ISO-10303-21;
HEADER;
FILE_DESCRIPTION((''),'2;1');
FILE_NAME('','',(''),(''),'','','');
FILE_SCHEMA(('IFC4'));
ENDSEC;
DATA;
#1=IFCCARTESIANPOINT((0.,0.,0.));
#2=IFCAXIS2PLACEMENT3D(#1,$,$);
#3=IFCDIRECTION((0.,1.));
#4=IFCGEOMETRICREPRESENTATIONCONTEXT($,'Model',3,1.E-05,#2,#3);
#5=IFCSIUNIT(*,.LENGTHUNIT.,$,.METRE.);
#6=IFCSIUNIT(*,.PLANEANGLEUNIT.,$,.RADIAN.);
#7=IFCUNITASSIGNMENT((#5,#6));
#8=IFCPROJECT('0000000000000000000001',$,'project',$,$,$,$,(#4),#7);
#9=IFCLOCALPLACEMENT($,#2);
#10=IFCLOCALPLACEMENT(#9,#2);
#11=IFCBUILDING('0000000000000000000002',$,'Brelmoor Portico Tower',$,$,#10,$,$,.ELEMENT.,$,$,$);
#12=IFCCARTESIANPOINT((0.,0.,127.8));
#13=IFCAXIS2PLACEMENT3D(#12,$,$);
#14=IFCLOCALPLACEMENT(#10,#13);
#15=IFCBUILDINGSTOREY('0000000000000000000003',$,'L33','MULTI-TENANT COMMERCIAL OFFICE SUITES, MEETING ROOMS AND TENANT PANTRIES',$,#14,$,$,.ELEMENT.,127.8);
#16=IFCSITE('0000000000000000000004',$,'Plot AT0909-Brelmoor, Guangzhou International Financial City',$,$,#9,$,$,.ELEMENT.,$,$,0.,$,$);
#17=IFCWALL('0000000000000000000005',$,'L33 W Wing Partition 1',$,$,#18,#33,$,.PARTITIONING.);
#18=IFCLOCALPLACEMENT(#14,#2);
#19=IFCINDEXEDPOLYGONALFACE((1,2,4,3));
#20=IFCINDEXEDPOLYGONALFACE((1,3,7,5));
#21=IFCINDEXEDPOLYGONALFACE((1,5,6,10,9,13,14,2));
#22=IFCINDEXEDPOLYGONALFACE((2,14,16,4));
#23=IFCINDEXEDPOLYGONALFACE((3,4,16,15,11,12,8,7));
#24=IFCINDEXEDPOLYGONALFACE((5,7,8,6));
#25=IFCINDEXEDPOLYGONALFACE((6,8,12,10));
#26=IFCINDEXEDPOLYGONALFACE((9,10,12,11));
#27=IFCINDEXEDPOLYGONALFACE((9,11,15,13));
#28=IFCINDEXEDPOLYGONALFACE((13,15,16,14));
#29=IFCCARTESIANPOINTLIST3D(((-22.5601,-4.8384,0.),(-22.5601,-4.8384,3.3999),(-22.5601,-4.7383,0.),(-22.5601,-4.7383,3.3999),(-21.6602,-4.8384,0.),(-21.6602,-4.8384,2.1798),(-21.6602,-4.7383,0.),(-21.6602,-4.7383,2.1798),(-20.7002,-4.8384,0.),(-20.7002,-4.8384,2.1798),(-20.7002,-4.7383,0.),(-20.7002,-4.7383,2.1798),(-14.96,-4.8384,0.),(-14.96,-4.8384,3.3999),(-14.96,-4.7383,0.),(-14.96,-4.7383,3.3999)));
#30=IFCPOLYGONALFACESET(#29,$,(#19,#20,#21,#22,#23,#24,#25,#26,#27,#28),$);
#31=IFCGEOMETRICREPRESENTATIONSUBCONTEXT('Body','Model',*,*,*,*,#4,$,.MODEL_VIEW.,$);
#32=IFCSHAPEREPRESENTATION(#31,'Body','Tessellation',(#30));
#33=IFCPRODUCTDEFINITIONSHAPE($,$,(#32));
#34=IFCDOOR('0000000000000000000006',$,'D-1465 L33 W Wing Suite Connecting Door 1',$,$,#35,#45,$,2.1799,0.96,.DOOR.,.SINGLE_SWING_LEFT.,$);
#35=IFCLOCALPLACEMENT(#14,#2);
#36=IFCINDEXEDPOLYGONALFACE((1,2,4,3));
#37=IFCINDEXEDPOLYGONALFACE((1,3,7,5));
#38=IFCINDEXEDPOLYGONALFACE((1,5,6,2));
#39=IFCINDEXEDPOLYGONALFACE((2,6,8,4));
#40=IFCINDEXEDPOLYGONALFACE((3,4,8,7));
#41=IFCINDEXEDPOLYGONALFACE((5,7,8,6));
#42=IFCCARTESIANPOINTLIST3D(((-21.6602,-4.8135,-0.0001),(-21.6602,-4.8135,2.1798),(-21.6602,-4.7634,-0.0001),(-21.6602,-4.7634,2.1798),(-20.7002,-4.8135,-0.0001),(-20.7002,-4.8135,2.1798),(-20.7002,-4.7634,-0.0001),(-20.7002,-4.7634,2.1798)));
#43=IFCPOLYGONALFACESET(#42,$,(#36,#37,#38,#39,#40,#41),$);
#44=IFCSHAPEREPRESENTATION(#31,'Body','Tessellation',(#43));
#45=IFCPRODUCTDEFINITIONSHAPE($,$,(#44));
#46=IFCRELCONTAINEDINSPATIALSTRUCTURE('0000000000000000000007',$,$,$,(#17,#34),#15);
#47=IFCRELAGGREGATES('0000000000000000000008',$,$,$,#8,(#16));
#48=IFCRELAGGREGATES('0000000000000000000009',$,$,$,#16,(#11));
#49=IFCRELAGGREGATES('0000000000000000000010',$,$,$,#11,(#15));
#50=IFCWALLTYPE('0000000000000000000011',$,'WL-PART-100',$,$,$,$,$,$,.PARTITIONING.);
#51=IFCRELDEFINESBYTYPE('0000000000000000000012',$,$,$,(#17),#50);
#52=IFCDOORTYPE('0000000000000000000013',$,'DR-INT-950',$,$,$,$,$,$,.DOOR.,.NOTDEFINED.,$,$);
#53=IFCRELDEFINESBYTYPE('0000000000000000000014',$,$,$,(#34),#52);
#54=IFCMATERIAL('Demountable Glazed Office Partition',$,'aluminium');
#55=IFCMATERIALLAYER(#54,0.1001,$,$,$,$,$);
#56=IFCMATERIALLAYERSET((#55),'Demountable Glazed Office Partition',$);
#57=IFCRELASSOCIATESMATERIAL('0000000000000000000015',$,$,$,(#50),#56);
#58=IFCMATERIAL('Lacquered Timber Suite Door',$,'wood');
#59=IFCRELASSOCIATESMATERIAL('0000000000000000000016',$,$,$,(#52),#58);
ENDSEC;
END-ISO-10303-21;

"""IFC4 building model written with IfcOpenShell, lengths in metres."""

from ifc_helpers import new_model, si_unit, direction, frame, frame_2d, origin, place, context, subcontext, project, spatial, rectangle, extrude, material, layer, layer_set, type_object, element, fill, save


model = new_model("IFC4")

# Units and contexts
model_context = context("Model", 3, precision=1e-05, world=origin(), true_north=direction((0.0, 1.0)))
body_context = subcontext(model_context, "Body", "Model", "MODEL_VIEW")
ifc_project = project(units=[si_unit("LENGTHUNIT", "METRE"), si_unit("PLANEANGLEUNIT", "RADIAN")], contexts=[model_context])

# Site, building, storey
site_placement = place(None, origin())
site = spatial("IfcSite", under=ifc_project, at=site_placement, Name="Plot AT0909-Brelmoor, Guangzhou International Financial City", CompositionType="ELEMENT", RefElevation=0.0)
building_placement = place(site_placement, origin())
building = spatial("IfcBuilding", under=site, at=building_placement, Name="Brelmoor Portico Tower", CompositionType="ELEMENT")
storey_placement = place(building_placement, frame((0.0, 0.0, 127.8)))
storey = spatial("IfcBuildingStorey", under=building, at=storey_placement, Name="L33", Description="MULTI-TENANT COMMERCIAL OFFICE SUITES, MEETING ROOMS AND TENANT PANTRIES", CompositionType="ELEMENT", Elevation=127.8)

# Wall, opening, door
ifc_material_1 = material(Name="Demountable Glazed Office Partition", Category="aluminium")
ifc_layer_1 = layer(ifc_material_1, 0.1001)
ifc_layer_set_1 = layer_set([ifc_layer_1], Name="Demountable Glazed Office Partition")
wall_type_1 = type_object("IfcWallType", Name="WL-PART-100", PredefinedType="PARTITIONING", material=ifc_layer_set_1)
wall_1_placement = place(storey_placement, frame((-22.5601, -4.7883, 0.0), z_axis=(0.0, 0.0, 1.0), x_axis=(1.0, 0.0, 0.0)))
wall_1 = element("IfcWall", 1, at=wall_1_placement, inside=storey, type_object=wall_type_1, Name="L33 W Wing Partition 1", PredefinedType="PARTITIONING", context=body_context, shape_type="SweptSolid", body=[
    extrude(rectangle(XDim=7.6001, YDim=0.1001, at=frame_2d((3.8, 0.0))), origin(), (0.0, 0.0, 1.0), 3.3999),
])
opening_placement = place(wall_1_placement, frame((0.8999, 0.0, 0.0)))
opening = element("IfcOpeningElement", 2, at=opening_placement, cuts=wall_1, PredefinedType="OPENING", context=body_context, shape_type="SweptSolid", body=[
    extrude(rectangle(XDim=0.96, YDim=2.1799, at=frame_2d((0.48, 1.0898))), frame((0.0, 0.0601, 0.0), z_axis=(0.0, -1.0, 0.0), x_axis=(1.0, 0.0, 0.0)), (0.0, 0.0, 1.0), 0.1201),
])
ifc_material_2 = material(Name="Lacquered Timber Suite Door", Category="wood")
door_type = type_object("IfcDoorType", Name="DR-INT-950", OperationType="NOTDEFINED", PredefinedType="DOOR", material=ifc_material_2)
door_placement = place(opening_placement, origin())
door = element("IfcDoor", 3, at=door_placement, inside=storey, type_object=door_type, Name="D-1465 L33 W Wing Suite Connecting Door 1", OperationType="SINGLE_SWING_LEFT", OverallHeight=2.1799, OverallWidth=0.96, PredefinedType="DOOR", context=body_context, shape_type="SweptSolid", body=[
    extrude(rectangle(XDim=0.96, YDim=2.1799, at=frame_2d((0.48, 1.0898))), frame((0.0, 0.0249, 0.0), z_axis=(0.0, -1.0, 0.0), x_axis=(1.0, 0.0, 0.0)), (0.0, 0.0, 1.0), 0.05),
])
fill(opening, door)

save(model, "model.ifc")
